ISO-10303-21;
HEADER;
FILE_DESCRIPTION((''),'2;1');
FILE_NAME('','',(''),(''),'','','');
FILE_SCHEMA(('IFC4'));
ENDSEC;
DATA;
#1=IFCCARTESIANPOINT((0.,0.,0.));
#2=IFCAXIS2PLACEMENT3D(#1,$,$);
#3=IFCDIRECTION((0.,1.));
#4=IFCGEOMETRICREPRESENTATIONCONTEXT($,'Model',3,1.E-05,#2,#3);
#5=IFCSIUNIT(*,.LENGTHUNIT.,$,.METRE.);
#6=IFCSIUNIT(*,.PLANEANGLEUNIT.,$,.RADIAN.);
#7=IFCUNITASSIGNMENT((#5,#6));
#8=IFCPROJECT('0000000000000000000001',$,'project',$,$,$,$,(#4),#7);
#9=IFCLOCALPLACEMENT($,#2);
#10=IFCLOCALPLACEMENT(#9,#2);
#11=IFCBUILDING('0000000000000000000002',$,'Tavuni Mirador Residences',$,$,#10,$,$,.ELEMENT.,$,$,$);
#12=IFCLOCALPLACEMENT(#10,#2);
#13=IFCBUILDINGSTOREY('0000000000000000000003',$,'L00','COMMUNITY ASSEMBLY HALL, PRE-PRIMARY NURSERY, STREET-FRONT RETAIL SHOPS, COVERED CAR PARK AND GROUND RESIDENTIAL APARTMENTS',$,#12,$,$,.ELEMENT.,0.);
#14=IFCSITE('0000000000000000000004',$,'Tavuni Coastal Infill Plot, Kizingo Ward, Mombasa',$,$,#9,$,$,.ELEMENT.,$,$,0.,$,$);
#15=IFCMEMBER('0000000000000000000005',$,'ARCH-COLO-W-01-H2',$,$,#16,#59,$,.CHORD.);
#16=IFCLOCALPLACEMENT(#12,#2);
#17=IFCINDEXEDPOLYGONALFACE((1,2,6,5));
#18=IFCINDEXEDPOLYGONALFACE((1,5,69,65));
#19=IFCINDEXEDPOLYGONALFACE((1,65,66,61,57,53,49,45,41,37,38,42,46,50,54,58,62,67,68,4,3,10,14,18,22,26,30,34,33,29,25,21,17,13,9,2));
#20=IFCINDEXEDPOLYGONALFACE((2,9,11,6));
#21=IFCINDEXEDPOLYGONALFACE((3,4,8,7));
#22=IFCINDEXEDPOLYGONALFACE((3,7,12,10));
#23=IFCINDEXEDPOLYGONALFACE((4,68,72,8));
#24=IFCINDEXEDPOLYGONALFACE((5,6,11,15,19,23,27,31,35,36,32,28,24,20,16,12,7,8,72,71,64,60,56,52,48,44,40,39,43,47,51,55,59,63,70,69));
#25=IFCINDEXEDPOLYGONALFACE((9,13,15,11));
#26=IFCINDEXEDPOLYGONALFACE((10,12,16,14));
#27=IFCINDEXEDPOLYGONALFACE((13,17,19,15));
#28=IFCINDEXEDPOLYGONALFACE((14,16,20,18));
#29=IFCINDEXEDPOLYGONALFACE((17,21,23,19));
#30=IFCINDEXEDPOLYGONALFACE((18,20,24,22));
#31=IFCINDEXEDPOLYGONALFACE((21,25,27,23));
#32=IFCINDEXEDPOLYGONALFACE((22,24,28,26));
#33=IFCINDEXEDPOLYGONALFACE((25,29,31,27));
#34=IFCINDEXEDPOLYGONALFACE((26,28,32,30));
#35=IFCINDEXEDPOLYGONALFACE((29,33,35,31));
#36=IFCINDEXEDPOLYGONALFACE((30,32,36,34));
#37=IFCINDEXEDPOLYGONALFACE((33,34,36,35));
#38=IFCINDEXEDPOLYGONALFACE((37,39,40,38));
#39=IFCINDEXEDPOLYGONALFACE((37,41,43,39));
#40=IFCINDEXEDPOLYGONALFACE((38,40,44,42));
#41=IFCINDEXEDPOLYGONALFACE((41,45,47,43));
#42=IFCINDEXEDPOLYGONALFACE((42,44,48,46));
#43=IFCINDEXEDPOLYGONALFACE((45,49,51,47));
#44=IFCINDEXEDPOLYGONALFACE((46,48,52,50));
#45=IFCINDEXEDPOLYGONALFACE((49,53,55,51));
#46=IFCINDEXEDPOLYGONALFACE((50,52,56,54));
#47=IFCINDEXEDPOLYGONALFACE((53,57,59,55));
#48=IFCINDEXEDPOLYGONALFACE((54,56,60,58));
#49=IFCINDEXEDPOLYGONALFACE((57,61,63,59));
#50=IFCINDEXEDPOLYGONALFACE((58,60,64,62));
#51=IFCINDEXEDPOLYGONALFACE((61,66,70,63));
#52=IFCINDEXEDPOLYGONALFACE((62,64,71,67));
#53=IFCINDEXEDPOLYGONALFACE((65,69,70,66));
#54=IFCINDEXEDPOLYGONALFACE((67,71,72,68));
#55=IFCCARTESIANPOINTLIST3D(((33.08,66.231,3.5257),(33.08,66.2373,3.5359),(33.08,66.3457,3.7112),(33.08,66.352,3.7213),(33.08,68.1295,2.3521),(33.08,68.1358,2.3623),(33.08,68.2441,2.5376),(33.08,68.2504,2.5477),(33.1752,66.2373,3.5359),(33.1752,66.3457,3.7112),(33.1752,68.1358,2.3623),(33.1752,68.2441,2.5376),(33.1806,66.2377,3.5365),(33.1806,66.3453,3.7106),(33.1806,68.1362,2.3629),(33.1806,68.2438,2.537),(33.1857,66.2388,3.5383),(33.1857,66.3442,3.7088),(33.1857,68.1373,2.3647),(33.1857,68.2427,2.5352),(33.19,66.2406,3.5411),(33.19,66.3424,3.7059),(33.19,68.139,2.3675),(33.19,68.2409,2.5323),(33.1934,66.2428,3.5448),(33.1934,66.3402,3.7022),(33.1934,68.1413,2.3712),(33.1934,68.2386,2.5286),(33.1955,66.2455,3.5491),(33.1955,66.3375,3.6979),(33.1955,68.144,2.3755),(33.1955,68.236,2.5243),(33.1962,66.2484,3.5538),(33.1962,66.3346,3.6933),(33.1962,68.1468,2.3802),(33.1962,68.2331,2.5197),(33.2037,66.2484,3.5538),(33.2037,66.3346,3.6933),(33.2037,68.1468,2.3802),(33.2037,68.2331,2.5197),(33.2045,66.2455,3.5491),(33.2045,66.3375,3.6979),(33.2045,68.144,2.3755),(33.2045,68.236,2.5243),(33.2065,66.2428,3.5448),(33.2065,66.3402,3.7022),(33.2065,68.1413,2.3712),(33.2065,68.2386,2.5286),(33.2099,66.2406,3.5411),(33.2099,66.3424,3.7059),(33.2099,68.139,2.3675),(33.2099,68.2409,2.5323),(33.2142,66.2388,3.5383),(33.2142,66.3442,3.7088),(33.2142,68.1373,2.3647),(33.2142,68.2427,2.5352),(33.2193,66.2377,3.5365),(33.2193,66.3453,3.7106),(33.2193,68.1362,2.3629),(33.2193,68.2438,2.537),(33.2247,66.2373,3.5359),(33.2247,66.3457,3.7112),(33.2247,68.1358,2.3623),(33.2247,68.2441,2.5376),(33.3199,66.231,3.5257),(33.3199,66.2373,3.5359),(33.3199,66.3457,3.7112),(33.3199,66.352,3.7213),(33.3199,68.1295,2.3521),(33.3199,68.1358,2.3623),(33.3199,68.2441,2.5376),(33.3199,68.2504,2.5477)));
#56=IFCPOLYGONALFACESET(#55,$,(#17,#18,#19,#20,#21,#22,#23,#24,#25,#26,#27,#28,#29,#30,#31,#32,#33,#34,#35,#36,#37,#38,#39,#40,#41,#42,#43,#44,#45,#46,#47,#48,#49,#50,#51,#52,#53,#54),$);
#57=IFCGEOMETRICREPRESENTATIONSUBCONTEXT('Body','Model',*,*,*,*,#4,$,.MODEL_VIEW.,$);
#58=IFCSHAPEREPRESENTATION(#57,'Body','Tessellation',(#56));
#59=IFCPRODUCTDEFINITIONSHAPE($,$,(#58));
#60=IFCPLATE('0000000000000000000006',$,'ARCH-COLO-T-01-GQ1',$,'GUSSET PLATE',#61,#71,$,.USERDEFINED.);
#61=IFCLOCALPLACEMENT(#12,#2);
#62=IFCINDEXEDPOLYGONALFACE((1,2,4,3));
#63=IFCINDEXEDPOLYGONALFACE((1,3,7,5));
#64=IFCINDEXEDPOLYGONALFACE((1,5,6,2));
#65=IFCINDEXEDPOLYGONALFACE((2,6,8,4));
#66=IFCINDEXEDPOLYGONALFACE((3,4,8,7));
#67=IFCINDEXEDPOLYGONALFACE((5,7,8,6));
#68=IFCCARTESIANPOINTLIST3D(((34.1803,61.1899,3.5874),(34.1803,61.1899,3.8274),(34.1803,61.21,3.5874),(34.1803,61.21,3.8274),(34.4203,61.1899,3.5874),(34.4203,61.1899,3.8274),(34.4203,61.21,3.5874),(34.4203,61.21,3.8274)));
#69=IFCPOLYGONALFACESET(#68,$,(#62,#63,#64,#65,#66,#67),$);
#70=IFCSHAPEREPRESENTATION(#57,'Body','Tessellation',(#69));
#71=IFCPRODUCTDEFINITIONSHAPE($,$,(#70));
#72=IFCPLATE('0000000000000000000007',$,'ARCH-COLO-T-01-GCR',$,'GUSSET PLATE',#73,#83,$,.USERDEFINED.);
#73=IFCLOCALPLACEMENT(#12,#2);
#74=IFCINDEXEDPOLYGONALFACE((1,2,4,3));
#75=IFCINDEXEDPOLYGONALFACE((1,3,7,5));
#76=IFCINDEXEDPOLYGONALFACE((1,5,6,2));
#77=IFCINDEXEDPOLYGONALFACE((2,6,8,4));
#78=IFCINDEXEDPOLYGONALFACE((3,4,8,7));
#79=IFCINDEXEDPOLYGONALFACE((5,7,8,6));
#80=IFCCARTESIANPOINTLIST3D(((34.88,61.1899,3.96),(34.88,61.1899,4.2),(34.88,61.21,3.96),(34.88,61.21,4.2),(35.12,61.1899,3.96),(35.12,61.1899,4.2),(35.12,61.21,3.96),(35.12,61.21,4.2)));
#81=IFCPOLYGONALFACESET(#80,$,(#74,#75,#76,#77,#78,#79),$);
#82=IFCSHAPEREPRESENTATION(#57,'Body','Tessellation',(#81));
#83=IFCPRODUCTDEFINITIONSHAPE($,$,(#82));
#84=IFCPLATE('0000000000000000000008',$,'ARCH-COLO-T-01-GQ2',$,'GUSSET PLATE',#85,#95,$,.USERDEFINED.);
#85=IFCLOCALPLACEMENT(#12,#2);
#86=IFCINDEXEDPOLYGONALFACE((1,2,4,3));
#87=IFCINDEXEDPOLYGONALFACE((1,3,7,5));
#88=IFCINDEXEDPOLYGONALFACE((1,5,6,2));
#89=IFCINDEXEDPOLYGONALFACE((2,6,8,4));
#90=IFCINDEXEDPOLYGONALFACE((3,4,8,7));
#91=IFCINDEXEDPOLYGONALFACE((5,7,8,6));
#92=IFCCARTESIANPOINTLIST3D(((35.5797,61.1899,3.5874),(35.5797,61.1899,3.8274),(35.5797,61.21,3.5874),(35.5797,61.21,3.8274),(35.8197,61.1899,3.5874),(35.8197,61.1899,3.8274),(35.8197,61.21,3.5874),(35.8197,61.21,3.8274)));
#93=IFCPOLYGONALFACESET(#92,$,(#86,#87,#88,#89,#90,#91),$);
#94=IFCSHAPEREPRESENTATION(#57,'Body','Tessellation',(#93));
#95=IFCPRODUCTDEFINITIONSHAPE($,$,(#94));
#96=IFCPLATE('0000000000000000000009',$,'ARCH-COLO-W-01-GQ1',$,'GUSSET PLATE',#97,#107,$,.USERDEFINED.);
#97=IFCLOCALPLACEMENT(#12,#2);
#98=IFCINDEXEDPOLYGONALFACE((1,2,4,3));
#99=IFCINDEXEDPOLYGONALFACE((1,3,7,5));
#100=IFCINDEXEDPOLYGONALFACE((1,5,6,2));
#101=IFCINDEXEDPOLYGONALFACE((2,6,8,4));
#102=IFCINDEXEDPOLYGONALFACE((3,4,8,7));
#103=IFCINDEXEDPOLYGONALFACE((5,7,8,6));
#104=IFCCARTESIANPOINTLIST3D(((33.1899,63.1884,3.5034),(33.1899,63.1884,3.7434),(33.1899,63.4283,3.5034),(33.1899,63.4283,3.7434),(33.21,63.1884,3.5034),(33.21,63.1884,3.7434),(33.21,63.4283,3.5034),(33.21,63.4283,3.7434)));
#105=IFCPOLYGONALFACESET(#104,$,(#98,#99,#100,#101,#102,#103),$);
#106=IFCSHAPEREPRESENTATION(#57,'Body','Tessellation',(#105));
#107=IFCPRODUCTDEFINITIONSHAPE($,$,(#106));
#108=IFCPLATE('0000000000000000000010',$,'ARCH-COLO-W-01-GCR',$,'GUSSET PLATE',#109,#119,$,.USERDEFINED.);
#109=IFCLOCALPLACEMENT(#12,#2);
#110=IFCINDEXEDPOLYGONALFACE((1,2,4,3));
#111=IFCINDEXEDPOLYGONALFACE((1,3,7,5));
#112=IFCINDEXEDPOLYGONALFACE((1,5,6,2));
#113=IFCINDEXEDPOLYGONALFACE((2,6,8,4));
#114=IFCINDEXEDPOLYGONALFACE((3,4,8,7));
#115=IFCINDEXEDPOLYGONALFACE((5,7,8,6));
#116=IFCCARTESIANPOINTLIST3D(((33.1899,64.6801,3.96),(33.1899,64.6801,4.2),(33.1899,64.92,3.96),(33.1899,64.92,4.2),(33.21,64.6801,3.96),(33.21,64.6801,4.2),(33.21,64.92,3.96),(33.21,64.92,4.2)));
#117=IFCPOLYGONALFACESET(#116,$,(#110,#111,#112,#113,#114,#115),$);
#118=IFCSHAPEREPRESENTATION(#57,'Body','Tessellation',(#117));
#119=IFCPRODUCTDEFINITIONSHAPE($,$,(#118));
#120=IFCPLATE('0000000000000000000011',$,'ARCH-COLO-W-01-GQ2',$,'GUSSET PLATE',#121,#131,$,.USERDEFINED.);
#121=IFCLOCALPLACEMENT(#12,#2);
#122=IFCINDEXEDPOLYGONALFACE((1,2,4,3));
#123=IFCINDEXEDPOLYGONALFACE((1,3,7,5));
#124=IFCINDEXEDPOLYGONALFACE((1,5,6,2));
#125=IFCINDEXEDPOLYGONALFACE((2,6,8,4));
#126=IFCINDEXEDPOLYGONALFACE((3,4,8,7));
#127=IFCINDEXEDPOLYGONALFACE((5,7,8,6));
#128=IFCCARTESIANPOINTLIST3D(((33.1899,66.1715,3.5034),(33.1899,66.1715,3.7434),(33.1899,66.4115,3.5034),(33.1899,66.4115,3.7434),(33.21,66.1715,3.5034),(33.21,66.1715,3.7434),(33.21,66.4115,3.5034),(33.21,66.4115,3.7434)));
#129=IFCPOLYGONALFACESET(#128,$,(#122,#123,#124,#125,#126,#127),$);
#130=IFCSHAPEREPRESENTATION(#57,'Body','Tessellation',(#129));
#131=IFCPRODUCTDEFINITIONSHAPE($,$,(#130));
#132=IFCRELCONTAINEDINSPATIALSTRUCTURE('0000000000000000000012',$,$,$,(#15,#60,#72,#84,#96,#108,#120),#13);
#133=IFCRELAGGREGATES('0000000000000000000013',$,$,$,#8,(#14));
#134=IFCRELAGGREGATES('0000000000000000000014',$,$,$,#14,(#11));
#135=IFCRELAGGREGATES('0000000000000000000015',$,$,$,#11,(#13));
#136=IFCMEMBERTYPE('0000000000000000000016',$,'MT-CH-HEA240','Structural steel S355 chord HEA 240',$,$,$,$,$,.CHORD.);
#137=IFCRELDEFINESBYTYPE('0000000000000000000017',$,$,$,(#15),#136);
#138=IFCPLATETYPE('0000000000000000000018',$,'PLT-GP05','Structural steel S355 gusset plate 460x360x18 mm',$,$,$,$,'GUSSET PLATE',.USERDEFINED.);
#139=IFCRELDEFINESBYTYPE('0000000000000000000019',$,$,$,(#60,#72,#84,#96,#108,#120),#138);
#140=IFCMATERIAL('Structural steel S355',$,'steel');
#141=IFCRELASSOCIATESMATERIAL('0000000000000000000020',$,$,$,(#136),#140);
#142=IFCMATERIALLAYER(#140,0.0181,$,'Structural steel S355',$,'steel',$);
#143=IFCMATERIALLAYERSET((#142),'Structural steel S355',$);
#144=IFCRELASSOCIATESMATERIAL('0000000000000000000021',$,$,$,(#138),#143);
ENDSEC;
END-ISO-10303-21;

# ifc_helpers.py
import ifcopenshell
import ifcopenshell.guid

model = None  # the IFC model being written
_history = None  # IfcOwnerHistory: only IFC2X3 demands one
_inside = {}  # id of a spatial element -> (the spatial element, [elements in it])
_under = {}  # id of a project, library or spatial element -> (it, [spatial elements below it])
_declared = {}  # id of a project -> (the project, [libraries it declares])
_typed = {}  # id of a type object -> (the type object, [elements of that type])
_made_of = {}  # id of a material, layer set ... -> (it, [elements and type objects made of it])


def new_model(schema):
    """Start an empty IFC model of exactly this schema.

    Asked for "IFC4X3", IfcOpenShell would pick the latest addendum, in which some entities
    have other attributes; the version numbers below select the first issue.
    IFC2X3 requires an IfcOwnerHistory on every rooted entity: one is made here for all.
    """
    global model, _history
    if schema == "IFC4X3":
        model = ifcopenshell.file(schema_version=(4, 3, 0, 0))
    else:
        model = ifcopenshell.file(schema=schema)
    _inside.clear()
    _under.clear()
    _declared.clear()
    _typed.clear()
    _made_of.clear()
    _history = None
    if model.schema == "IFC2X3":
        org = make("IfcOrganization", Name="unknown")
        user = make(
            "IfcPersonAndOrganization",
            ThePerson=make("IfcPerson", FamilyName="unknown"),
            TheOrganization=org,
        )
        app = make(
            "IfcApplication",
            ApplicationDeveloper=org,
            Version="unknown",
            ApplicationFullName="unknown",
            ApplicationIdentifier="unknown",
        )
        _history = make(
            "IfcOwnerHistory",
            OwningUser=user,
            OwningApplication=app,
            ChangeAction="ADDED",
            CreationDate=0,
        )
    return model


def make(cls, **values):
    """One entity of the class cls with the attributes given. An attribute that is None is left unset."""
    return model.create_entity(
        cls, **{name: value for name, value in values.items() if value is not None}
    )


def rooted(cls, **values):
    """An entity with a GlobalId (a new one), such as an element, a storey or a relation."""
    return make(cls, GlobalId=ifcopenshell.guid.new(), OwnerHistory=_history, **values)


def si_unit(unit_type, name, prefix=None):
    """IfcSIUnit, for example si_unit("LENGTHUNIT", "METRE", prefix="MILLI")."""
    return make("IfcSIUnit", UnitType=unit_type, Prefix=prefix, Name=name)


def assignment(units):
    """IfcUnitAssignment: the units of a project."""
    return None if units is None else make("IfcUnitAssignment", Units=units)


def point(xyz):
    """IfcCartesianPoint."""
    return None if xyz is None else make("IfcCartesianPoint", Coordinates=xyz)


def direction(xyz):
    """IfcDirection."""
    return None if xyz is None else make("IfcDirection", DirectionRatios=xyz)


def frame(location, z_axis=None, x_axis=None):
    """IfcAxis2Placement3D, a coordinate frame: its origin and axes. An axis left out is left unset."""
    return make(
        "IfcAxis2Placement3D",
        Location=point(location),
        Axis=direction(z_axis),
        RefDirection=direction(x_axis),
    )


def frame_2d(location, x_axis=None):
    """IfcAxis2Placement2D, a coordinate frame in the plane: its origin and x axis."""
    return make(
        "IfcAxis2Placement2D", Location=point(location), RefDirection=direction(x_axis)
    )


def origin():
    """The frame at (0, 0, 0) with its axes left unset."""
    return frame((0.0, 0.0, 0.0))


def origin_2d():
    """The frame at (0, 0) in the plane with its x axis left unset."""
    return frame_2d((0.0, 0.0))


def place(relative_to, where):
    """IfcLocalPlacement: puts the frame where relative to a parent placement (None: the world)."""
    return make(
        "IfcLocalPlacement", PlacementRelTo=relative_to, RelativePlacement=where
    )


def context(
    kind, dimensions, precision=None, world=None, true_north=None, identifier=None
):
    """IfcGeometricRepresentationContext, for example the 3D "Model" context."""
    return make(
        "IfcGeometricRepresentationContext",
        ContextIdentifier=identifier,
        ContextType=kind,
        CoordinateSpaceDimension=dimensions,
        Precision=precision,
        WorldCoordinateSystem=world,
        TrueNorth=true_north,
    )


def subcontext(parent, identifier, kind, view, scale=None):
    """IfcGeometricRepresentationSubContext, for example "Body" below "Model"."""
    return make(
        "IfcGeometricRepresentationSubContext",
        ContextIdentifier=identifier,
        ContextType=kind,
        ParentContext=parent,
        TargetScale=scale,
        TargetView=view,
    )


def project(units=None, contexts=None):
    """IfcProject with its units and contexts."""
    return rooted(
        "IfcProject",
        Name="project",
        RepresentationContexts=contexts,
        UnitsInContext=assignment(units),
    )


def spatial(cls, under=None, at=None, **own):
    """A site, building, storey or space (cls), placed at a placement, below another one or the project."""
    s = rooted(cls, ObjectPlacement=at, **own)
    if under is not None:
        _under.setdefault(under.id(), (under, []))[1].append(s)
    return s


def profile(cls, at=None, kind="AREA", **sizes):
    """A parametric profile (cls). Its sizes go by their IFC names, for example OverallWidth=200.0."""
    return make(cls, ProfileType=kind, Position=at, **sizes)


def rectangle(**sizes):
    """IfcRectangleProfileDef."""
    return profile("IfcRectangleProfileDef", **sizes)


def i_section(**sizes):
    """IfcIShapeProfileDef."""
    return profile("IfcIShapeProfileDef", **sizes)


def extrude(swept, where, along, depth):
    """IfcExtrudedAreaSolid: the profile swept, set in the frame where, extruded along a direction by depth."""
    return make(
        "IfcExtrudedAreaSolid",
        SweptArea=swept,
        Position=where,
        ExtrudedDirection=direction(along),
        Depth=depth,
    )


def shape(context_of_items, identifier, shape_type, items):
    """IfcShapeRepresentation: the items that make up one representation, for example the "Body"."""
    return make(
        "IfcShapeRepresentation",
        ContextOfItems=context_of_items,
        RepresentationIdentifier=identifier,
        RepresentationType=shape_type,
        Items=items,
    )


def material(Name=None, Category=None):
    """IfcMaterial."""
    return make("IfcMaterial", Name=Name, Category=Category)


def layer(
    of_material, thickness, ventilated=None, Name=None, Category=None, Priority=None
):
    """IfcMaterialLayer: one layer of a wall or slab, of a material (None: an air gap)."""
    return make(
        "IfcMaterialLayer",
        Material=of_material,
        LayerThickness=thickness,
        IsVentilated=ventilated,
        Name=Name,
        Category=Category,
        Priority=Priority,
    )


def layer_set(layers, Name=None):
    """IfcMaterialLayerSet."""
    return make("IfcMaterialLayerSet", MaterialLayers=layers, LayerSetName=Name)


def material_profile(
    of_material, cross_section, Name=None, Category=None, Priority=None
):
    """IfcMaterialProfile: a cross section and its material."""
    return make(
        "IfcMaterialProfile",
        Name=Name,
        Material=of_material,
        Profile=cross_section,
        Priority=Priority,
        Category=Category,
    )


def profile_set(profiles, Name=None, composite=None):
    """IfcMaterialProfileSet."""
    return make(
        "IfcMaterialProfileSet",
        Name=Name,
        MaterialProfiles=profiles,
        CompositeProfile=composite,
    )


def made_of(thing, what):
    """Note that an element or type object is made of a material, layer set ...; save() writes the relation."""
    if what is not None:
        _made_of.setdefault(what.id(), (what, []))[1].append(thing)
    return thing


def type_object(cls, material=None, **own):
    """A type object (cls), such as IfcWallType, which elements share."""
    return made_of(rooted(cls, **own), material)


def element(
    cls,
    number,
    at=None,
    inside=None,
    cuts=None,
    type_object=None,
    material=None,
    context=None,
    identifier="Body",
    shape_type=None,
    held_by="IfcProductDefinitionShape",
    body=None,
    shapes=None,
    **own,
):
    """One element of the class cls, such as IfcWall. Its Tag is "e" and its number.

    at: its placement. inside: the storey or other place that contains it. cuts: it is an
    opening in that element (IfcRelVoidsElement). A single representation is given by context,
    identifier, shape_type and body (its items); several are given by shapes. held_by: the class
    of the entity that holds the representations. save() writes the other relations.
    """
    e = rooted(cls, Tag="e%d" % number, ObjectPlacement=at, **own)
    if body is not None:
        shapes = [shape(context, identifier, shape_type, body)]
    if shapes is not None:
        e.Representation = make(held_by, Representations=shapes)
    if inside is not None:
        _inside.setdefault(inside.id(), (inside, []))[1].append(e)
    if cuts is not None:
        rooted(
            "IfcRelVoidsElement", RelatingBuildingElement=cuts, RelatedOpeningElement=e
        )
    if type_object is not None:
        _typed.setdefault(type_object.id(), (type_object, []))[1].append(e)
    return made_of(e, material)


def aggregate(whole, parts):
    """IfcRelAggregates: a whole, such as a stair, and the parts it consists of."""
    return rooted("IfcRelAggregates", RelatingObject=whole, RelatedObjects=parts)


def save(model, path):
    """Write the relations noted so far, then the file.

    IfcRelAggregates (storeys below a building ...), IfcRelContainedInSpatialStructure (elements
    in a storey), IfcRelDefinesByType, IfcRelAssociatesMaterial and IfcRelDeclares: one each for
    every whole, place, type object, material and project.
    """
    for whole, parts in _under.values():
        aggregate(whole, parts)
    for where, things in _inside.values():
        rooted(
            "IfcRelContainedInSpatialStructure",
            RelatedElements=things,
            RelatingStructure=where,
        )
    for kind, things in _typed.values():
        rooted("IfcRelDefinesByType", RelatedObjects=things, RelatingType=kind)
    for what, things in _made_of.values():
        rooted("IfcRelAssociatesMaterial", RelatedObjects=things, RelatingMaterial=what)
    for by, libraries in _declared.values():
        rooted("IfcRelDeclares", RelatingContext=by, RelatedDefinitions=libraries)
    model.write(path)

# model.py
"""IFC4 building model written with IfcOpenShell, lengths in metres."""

from ifc_helpers import new_model, si_unit, direction, frame, origin, origin_2d, place, context, subcontext, project, spatial, rectangle, i_section, extrude, material, layer, layer_set, material_profile, profile_set, type_object, element, save


model = new_model("IFC4")

# Units and contexts
model_context = context("Model", 3, precision=1e-05, world=origin(), true_north=direction((0.0, 1.0)))
body_context = subcontext(model_context, "Body", "Model", "MODEL_VIEW")
ifc_project = project(units=[si_unit("LENGTHUNIT", "METRE"), si_unit("PLANEANGLEUNIT", "RADIAN")], contexts=[model_context])

# Site, building, storey
site_placement = place(None, origin())
site = spatial("IfcSite", under=ifc_project, at=site_placement, Name="Tavuni Coastal Infill Plot, Kizingo Ward, Mombasa", CompositionType="ELEMENT", RefElevation=0.0)
building_placement = place(site_placement, origin())
building = spatial("IfcBuilding", under=site, at=building_placement, Name="Tavuni Mirador Residences", CompositionType="ELEMENT")
storey_placement = place(building_placement, origin())
storey = spatial("IfcBuildingStorey", under=building, at=storey_placement, Name="L00", Description="COMMUNITY ASSEMBLY HALL, PRE-PRIMARY NURSERY, STREET-FRONT RETAIL SHOPS, COVERED CAR PARK AND GROUND RESIDENTIAL APARTMENTS", CompositionType="ELEMENT", Elevation=0.0)

# Member
ifc_material_1 = material(Name="Structural steel S355", Category="steel")
ifc_material_profile_1 = material_profile(ifc_material_1, i_section(OverallWidth=0.24, OverallDepth=0.23, WebThickness=0.0076, FlangeThickness=0.012, FilletRadius=0.021, at=origin_2d()), Name="HEA 240", Category="steel")
ifc_profile_set_1 = profile_set([ifc_material_profile_1], Name="Structural steel S355")
member_type_1 = type_object("IfcMemberType", Name="MT-CH-HEA240", Description="Structural steel S355 chord HEA 240", PredefinedType="CHORD", material=ifc_profile_set_1)
member_1_placement = place(storey_placement, frame((33.2, 66.2915, 3.6235), z_axis=(0.0, 0.850594, -0.525824), x_axis=(-1.0, 0.0, 0.0)))
element("IfcMember", 1, at=member_1_placement, inside=storey, type_object=member_type_1, Name="ARCH-COLO-W-01-H2", PredefinedType="CHORD", context=body_context, shape_type="SweptSolid", body=[
    extrude(i_section(OverallWidth=0.24, OverallDepth=0.23, WebThickness=0.0076, FlangeThickness=0.012, FilletRadius=0.021, at=origin_2d()), origin(), (0.0, 0.0, 1.0), 2.2319),
])

# Plates
ifc_layer = layer(ifc_material_1, 0.0181, Name="Structural steel S355", Category="steel")
ifc_layer_set = layer_set([ifc_layer], Name="Structural steel S355")
plate_type = type_object("IfcPlateType", Name="PLT-GP05", Description="Structural steel S355 gusset plate 460x360x18 mm", ElementType="GUSSET PLATE", PredefinedType="USERDEFINED", material=ifc_layer_set)
for number, where, z_axis, x_axis, name in (
    (2, (34.3003, 61.2, 3.5874), (0.0, 0.0, 1.0), (1.0, 0.0, 0.0), "ARCH-COLO-T-01-GQ1"),
    (3, (35.0, 61.2, 3.96), (0.0, 0.0, 1.0), (1.0, 0.0, 0.0), "ARCH-COLO-T-01-GCR"),
    (4, (35.6997, 61.2, 3.5874), (0.0, 0.0, 1.0), (1.0, 0.0, 0.0), "ARCH-COLO-T-01-GQ2"),
):
    element("IfcPlate", number, at=place(storey_placement, frame(where, z_axis=z_axis, x_axis=x_axis)), inside=storey, type_object=plate_type, Name=name, ObjectType="GUSSET PLATE", PredefinedType="USERDEFINED", context=body_context, shape_type="SweptSolid", body=[
        extrude(rectangle(XDim=0.24, YDim=0.02, at=origin_2d()), origin(), (0.0, 0.0, 1.0), 0.24),
    ])
for number, where, z_axis, x_axis, name in (
    (5, (33.2, 63.3083, 3.5034), (0.0, 0.0, 1.0), (1.0, 0.0, 0.0), "ARCH-COLO-W-01-GQ1"),
    (6, (33.2, 64.8, 3.96), (0.0, 0.0, 1.0), (1.0, 0.0, 0.0), "ARCH-COLO-W-01-GCR"),
    (7, (33.2, 66.2915, 3.5034), (0.0, 0.0, 1.0), (1.0, 0.0, 0.0), "ARCH-COLO-W-01-GQ2"),
):
    element("IfcPlate", number, at=place(storey_placement, frame(where, z_axis=z_axis, x_axis=x_axis)), inside=storey, type_object=plate_type, Name=name, ObjectType="GUSSET PLATE", PredefinedType="USERDEFINED", context=body_context, shape_type="SweptSolid", body=[
        extrude(rectangle(XDim=0.02, YDim=0.24, at=origin_2d()), origin(), (0.0, 0.0, 1.0), 0.24),
    ])

save(model, "model.ifc")
